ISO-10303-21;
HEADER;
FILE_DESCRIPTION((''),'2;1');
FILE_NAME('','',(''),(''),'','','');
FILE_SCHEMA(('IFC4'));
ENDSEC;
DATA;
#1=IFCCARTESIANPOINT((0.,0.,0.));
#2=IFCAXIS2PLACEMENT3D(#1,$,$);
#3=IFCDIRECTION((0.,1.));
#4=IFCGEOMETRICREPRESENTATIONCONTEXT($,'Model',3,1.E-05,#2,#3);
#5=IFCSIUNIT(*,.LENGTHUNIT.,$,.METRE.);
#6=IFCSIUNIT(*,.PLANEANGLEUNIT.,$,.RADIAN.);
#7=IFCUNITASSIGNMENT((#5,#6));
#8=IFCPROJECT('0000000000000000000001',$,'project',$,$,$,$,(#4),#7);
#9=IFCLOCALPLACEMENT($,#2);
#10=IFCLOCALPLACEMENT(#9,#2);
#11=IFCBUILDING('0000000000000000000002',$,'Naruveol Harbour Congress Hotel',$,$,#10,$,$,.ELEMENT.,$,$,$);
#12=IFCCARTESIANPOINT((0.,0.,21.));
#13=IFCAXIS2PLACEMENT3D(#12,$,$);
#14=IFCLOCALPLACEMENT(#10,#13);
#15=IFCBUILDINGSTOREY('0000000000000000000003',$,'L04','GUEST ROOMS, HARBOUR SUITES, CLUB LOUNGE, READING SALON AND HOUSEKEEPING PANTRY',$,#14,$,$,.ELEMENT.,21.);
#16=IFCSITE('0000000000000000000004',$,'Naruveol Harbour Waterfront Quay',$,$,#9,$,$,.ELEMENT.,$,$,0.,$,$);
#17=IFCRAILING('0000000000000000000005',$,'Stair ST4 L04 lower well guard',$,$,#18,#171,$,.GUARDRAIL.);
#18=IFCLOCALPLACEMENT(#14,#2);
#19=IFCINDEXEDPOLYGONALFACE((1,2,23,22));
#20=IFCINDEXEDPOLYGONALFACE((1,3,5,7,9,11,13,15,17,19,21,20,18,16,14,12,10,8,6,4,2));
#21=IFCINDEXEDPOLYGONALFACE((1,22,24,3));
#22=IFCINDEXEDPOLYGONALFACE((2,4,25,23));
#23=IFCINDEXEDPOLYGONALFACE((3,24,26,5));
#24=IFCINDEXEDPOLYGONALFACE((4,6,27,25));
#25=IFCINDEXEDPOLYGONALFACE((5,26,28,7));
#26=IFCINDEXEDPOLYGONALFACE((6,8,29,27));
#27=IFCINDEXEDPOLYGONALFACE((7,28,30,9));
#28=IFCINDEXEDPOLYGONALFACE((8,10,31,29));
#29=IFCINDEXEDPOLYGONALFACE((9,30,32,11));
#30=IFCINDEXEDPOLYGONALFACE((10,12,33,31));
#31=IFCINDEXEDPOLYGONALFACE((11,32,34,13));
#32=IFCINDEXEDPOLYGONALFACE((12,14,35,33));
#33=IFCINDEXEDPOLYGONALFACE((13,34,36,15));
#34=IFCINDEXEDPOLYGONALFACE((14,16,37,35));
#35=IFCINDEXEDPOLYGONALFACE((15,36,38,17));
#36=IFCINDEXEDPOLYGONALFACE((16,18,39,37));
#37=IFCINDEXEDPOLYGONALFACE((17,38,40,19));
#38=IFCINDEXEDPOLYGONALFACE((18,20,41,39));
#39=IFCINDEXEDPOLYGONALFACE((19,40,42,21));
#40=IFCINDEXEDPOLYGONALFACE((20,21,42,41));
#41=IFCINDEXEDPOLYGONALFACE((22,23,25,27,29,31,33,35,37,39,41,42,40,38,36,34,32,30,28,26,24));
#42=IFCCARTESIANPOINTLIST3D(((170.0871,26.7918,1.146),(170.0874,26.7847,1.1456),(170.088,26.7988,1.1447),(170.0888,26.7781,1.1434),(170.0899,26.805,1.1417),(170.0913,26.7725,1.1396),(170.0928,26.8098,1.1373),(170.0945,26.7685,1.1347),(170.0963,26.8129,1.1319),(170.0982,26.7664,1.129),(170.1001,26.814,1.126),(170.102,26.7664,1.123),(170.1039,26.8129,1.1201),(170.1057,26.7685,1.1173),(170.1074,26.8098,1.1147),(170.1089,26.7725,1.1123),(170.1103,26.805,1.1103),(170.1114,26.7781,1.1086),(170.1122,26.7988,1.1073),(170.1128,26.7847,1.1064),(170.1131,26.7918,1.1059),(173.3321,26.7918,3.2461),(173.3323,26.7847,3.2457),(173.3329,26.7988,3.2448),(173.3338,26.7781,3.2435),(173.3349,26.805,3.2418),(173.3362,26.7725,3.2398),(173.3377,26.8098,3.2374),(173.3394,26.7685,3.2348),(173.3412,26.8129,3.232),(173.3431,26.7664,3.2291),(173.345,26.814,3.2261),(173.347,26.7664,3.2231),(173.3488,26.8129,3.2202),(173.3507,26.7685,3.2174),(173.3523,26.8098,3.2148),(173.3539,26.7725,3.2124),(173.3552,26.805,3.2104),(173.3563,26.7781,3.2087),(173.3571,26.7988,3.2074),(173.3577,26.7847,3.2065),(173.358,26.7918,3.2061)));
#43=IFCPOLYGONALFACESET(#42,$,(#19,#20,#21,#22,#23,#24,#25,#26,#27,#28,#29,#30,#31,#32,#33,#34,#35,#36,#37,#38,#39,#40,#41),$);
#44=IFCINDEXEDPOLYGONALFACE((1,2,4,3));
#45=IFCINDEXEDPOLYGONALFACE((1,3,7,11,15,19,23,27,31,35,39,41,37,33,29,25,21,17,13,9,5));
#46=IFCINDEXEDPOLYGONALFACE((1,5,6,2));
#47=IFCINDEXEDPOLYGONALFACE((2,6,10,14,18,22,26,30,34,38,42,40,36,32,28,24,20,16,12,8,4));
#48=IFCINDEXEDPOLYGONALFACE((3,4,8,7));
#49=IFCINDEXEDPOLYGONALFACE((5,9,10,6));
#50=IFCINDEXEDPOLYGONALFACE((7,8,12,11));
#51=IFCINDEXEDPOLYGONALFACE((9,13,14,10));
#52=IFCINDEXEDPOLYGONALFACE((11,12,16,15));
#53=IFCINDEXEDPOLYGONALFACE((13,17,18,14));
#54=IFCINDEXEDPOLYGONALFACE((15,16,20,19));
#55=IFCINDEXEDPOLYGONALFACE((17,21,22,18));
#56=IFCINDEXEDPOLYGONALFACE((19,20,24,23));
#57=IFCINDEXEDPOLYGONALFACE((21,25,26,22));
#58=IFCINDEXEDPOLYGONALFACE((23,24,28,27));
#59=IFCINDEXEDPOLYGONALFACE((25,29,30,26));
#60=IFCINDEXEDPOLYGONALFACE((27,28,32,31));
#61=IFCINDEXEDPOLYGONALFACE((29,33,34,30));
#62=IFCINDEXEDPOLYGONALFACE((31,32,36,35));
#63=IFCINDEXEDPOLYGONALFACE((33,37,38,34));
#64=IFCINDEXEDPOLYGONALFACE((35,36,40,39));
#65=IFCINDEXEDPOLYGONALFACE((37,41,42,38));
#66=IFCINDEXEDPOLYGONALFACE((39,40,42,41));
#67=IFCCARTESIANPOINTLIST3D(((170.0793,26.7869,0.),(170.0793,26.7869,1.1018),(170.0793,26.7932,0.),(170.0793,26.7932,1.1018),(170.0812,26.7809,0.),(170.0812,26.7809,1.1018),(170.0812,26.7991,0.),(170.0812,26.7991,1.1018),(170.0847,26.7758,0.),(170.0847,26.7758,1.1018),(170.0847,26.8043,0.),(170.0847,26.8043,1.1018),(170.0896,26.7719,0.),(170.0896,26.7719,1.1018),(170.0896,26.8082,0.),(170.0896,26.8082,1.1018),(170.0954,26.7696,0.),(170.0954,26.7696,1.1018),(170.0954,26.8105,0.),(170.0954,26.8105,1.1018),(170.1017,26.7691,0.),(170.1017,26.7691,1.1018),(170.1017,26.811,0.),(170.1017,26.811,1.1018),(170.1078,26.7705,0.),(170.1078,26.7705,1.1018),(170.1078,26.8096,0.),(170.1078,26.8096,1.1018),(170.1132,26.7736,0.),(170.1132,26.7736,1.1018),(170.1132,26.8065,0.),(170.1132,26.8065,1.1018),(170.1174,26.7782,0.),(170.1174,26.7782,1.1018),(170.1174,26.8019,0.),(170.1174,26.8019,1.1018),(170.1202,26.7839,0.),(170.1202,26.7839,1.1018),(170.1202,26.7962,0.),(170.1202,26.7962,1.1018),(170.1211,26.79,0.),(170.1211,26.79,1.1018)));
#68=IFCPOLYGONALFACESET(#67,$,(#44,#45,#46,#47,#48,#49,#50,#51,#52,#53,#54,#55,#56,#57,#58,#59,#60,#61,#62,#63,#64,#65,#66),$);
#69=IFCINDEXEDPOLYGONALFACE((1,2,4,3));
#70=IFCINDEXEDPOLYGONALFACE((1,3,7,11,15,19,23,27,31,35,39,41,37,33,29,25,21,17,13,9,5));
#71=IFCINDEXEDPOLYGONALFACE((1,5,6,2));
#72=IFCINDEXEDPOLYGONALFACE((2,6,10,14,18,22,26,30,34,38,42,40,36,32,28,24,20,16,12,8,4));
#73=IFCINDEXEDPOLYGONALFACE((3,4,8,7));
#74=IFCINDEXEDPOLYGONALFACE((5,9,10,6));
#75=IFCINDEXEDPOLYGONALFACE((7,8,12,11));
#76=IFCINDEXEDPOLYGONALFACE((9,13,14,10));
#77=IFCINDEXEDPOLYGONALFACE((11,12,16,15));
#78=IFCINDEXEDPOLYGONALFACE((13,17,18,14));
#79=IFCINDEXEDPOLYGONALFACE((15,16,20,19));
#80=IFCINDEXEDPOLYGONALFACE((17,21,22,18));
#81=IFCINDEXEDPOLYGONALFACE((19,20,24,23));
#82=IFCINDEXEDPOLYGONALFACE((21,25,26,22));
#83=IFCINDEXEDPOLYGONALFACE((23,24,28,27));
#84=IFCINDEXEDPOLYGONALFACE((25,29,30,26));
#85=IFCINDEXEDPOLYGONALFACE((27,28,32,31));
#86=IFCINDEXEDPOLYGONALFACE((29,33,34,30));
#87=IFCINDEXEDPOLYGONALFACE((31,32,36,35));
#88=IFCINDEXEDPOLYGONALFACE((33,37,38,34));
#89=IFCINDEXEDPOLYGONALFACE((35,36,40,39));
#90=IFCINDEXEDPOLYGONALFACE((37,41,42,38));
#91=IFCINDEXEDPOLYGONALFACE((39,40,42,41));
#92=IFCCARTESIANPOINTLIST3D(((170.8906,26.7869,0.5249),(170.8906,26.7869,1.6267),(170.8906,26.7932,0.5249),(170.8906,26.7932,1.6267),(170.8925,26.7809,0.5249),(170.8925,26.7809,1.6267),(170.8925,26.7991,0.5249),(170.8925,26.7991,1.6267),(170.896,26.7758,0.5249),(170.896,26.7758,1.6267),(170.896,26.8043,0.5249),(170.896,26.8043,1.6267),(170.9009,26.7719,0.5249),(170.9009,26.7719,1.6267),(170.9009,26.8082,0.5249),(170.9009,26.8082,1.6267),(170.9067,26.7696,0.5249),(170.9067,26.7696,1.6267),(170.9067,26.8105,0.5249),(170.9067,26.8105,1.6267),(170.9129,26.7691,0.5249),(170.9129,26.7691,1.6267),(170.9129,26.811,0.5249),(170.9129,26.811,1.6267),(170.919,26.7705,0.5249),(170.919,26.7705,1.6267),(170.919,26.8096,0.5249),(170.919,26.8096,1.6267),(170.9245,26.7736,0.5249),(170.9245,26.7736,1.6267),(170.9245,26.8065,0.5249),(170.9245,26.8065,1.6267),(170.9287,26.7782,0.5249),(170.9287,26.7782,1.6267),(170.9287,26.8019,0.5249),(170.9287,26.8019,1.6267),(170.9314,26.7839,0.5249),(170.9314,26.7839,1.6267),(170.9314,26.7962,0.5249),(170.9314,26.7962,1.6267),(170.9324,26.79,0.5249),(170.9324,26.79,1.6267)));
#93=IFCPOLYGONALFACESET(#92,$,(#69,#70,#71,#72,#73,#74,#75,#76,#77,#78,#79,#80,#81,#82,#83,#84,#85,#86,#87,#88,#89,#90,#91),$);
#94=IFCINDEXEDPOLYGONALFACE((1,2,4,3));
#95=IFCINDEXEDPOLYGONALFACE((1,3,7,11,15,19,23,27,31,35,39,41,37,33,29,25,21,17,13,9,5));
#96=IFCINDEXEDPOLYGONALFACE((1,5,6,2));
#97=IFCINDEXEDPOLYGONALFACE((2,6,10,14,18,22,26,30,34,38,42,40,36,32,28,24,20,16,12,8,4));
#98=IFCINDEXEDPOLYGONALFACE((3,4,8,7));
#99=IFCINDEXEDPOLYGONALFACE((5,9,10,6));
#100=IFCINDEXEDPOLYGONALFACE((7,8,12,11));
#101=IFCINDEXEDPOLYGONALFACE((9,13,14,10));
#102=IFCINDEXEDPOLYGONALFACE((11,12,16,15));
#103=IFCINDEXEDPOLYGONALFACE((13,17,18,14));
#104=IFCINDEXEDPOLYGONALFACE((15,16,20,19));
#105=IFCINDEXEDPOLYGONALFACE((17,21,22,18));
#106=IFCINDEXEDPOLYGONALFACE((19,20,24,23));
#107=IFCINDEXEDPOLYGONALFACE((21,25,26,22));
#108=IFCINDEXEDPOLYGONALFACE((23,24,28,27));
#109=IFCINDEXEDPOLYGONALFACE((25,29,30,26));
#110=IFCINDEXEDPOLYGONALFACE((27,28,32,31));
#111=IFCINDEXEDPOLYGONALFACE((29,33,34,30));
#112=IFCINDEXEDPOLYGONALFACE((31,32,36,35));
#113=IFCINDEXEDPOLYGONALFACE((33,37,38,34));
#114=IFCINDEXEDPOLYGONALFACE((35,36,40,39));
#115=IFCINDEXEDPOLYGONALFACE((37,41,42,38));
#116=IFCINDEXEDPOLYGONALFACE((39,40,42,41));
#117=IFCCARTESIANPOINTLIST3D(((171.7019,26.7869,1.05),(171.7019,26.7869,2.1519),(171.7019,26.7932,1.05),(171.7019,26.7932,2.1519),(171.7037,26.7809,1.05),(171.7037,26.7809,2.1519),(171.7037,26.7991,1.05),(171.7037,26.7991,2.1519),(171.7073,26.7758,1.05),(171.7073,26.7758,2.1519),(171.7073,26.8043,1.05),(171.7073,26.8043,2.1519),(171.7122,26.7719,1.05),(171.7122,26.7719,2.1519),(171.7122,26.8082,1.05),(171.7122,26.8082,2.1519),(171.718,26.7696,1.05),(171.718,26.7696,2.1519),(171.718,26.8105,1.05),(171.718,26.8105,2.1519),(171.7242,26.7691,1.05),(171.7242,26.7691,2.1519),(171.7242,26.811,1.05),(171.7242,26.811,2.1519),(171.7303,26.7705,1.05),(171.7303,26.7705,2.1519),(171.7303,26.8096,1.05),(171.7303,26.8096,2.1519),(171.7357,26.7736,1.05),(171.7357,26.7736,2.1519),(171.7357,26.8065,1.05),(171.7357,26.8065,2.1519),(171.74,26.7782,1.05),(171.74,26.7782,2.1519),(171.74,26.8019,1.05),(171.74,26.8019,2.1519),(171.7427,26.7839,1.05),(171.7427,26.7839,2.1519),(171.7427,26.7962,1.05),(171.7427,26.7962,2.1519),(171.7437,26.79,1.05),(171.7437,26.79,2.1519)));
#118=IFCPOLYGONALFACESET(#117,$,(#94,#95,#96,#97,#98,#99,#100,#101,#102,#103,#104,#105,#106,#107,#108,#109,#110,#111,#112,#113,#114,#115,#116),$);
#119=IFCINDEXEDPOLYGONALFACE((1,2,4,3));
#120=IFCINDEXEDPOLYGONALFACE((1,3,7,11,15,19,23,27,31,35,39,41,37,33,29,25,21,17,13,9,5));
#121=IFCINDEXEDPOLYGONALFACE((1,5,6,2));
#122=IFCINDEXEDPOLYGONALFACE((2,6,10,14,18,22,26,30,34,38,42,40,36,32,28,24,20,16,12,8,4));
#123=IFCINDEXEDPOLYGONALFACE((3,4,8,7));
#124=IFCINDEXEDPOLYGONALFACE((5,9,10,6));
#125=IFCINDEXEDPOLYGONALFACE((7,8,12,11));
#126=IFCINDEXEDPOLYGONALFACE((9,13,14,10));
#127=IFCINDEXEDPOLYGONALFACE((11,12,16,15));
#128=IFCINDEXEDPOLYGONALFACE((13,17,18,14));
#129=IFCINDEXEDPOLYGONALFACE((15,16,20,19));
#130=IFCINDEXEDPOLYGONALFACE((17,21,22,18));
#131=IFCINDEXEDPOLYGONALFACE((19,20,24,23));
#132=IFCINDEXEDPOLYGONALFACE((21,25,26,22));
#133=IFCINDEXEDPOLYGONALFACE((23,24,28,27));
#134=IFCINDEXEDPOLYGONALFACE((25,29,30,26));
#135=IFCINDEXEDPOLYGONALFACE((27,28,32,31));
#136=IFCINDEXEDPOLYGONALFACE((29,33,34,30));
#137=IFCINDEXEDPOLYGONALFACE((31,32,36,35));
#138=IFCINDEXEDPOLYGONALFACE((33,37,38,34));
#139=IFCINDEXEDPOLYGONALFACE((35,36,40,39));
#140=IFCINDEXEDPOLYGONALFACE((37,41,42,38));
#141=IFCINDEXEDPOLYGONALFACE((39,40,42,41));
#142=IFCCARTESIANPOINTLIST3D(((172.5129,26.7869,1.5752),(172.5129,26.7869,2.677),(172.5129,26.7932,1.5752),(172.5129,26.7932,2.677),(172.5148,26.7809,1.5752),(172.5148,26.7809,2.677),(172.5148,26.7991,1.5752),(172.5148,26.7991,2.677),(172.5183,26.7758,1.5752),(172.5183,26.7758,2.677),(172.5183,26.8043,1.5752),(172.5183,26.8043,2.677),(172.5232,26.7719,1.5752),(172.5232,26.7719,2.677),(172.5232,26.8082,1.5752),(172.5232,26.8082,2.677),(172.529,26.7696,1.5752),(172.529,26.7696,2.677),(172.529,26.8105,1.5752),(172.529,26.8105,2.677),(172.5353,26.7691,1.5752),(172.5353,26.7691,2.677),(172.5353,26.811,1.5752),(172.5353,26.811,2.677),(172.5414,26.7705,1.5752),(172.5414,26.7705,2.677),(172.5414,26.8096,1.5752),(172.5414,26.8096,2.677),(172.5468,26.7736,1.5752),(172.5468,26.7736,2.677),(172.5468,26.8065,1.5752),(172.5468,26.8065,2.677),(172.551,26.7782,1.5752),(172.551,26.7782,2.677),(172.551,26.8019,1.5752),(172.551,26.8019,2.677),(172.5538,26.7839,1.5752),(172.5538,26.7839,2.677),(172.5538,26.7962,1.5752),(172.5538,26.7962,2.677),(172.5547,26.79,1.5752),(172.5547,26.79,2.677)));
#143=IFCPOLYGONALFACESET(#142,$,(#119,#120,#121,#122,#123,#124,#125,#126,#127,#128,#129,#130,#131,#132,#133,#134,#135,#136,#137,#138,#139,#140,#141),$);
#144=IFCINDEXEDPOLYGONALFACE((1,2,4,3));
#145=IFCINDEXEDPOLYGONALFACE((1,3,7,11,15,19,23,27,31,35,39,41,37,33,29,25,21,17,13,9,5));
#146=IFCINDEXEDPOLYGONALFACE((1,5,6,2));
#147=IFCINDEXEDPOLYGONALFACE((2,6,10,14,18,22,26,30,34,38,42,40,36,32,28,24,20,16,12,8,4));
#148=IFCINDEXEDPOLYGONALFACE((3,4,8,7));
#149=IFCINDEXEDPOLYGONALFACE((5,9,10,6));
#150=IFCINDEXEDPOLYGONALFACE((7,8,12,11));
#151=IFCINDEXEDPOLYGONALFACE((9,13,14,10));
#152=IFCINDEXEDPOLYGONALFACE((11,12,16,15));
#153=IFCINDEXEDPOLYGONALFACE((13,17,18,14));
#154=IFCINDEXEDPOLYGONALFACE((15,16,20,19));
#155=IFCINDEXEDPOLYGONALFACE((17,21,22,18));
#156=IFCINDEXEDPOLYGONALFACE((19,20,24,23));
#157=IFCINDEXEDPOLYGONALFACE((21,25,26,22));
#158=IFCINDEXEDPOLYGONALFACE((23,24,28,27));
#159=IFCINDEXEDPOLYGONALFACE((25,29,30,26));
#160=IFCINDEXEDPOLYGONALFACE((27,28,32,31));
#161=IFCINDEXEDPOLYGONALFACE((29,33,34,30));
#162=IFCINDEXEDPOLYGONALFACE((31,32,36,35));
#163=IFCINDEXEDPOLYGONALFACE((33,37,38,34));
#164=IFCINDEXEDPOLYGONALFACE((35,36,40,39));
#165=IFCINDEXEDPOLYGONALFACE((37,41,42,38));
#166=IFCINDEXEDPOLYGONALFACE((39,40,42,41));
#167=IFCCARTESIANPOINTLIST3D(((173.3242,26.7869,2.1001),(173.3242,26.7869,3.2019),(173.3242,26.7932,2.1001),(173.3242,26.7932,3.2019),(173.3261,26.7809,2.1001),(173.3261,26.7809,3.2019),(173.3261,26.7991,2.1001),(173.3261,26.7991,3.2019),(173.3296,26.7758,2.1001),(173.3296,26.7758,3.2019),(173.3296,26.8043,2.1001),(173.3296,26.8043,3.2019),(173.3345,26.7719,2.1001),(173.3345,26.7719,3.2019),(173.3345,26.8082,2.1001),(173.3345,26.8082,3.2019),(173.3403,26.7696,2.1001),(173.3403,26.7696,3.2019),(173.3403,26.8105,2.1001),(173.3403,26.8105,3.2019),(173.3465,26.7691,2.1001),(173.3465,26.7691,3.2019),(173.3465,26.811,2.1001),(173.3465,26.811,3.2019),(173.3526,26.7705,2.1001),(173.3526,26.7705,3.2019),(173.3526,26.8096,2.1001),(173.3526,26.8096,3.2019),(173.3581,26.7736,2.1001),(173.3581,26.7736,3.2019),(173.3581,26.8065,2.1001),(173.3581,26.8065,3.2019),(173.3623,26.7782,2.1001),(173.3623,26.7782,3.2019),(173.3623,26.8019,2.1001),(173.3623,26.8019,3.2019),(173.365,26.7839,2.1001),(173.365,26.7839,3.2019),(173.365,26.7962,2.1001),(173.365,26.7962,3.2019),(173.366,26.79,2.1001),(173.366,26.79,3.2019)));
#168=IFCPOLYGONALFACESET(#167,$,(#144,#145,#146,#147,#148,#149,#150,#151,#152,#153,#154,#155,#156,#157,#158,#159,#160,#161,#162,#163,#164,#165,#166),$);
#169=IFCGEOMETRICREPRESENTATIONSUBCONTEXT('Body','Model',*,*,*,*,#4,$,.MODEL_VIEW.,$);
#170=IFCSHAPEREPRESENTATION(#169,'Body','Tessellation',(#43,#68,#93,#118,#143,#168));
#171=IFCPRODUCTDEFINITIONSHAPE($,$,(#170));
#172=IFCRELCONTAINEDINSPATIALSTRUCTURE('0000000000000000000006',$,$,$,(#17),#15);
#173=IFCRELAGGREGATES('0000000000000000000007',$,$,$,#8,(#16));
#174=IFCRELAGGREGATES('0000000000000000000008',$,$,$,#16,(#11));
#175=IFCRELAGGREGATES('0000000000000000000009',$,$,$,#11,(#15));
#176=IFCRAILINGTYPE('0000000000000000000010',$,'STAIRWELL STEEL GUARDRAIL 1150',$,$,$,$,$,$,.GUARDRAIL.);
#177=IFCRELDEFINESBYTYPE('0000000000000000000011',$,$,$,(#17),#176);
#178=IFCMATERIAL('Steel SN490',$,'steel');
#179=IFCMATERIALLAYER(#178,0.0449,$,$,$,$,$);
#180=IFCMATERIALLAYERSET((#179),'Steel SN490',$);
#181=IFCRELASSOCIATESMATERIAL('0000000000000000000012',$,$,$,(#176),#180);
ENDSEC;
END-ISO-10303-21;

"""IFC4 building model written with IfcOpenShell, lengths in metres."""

from ifc_helpers import new_model, si_unit, direction, frame, origin, origin_2d, place, context, subcontext, project, spatial, circle, extrude, material, layer, layer_set, type_object, element, save


model = new_model("IFC4")

# Units and contexts
model_context = context("Model", 3, precision=1e-05, world=origin(), true_north=direction((0.0, 1.0)))
body_context = subcontext(model_context, "Body", "Model", "MODEL_VIEW")
ifc_project = project(units=[si_unit("LENGTHUNIT", "METRE"), si_unit("PLANEANGLEUNIT", "RADIAN")], contexts=[model_context])

# Site, building, storey
site_placement = place(None, origin())
site = spatial("IfcSite", under=ifc_project, at=site_placement, Name="Naruveol Harbour Waterfront Quay", CompositionType="ELEMENT", RefElevation=0.0)
building_placement = place(site_placement, origin())
building = spatial("IfcBuilding", under=site, at=building_placement, Name="Naruveol Harbour Congress Hotel", CompositionType="ELEMENT")
storey_placement = place(building_placement, frame((0.0, 0.0, 21.0)))
storey = spatial("IfcBuildingStorey", under=building, at=storey_placement, Name="L04", Description="GUEST ROOMS, HARBOUR SUITES, CLUB LOUNGE, READING SALON AND HOUSEKEEPING PANTRY", CompositionType="ELEMENT", Elevation=21.0)

# Railing
ifc_material_1 = material(Name="Steel SN490", Category="steel")
ifc_layer_1 = layer(ifc_material_1, 0.0449)
ifc_layer_set_1 = layer_set([ifc_layer_1], Name="Steel SN490")
railing_type_1 = type_object("IfcRailingType", Name="STAIRWELL STEEL GUARDRAIL 1150", PredefinedType="GUARDRAIL", material=ifc_layer_set_1)
railing_1_placement = place(storey_placement, frame((170.1001, 26.79, 0.0)))
element("IfcRailing", 1, at=railing_1_placement, inside=storey, type_object=railing_type_1, Name="Stair ST4 L04 lower well guard", PredefinedType="GUARDRAIL", context=body_context, shape_type="SweptSolid", body=[
    extrude(circle(Radius=0.0239, at=origin_2d()), frame((0.0, 0.0, 1.126), z_axis=(0.839514, 0.0, 0.543338), x_axis=(0.0, 1.0, 0.0)), (0.0, 0.0, 1.0), 3.8652),
    extrude(circle(Radius=0.021, at=origin_2d()), origin(), (0.0, 0.0, 1.0), 1.1018),
    extrude(circle(Radius=0.021, at=origin_2d()), frame((0.8113, 0.0, 0.5249)), (0.0, 0.0, 1.0), 1.1018),
    extrude(circle(Radius=0.021, at=origin_2d()), frame((1.6226, 0.0, 1.05)), (0.0, 0.0, 1.0), 1.1018),
    extrude(circle(Radius=0.021, at=origin_2d()), frame((2.4336, 0.0, 1.5752)), (0.0, 0.0, 1.0), 1.1018),
    extrude(circle(Radius=0.021, at=origin_2d()), frame((3.2449, 0.0, 2.1001)), (0.0, 0.0, 1.0), 1.1018),
])

save(model, "model.ifc")
